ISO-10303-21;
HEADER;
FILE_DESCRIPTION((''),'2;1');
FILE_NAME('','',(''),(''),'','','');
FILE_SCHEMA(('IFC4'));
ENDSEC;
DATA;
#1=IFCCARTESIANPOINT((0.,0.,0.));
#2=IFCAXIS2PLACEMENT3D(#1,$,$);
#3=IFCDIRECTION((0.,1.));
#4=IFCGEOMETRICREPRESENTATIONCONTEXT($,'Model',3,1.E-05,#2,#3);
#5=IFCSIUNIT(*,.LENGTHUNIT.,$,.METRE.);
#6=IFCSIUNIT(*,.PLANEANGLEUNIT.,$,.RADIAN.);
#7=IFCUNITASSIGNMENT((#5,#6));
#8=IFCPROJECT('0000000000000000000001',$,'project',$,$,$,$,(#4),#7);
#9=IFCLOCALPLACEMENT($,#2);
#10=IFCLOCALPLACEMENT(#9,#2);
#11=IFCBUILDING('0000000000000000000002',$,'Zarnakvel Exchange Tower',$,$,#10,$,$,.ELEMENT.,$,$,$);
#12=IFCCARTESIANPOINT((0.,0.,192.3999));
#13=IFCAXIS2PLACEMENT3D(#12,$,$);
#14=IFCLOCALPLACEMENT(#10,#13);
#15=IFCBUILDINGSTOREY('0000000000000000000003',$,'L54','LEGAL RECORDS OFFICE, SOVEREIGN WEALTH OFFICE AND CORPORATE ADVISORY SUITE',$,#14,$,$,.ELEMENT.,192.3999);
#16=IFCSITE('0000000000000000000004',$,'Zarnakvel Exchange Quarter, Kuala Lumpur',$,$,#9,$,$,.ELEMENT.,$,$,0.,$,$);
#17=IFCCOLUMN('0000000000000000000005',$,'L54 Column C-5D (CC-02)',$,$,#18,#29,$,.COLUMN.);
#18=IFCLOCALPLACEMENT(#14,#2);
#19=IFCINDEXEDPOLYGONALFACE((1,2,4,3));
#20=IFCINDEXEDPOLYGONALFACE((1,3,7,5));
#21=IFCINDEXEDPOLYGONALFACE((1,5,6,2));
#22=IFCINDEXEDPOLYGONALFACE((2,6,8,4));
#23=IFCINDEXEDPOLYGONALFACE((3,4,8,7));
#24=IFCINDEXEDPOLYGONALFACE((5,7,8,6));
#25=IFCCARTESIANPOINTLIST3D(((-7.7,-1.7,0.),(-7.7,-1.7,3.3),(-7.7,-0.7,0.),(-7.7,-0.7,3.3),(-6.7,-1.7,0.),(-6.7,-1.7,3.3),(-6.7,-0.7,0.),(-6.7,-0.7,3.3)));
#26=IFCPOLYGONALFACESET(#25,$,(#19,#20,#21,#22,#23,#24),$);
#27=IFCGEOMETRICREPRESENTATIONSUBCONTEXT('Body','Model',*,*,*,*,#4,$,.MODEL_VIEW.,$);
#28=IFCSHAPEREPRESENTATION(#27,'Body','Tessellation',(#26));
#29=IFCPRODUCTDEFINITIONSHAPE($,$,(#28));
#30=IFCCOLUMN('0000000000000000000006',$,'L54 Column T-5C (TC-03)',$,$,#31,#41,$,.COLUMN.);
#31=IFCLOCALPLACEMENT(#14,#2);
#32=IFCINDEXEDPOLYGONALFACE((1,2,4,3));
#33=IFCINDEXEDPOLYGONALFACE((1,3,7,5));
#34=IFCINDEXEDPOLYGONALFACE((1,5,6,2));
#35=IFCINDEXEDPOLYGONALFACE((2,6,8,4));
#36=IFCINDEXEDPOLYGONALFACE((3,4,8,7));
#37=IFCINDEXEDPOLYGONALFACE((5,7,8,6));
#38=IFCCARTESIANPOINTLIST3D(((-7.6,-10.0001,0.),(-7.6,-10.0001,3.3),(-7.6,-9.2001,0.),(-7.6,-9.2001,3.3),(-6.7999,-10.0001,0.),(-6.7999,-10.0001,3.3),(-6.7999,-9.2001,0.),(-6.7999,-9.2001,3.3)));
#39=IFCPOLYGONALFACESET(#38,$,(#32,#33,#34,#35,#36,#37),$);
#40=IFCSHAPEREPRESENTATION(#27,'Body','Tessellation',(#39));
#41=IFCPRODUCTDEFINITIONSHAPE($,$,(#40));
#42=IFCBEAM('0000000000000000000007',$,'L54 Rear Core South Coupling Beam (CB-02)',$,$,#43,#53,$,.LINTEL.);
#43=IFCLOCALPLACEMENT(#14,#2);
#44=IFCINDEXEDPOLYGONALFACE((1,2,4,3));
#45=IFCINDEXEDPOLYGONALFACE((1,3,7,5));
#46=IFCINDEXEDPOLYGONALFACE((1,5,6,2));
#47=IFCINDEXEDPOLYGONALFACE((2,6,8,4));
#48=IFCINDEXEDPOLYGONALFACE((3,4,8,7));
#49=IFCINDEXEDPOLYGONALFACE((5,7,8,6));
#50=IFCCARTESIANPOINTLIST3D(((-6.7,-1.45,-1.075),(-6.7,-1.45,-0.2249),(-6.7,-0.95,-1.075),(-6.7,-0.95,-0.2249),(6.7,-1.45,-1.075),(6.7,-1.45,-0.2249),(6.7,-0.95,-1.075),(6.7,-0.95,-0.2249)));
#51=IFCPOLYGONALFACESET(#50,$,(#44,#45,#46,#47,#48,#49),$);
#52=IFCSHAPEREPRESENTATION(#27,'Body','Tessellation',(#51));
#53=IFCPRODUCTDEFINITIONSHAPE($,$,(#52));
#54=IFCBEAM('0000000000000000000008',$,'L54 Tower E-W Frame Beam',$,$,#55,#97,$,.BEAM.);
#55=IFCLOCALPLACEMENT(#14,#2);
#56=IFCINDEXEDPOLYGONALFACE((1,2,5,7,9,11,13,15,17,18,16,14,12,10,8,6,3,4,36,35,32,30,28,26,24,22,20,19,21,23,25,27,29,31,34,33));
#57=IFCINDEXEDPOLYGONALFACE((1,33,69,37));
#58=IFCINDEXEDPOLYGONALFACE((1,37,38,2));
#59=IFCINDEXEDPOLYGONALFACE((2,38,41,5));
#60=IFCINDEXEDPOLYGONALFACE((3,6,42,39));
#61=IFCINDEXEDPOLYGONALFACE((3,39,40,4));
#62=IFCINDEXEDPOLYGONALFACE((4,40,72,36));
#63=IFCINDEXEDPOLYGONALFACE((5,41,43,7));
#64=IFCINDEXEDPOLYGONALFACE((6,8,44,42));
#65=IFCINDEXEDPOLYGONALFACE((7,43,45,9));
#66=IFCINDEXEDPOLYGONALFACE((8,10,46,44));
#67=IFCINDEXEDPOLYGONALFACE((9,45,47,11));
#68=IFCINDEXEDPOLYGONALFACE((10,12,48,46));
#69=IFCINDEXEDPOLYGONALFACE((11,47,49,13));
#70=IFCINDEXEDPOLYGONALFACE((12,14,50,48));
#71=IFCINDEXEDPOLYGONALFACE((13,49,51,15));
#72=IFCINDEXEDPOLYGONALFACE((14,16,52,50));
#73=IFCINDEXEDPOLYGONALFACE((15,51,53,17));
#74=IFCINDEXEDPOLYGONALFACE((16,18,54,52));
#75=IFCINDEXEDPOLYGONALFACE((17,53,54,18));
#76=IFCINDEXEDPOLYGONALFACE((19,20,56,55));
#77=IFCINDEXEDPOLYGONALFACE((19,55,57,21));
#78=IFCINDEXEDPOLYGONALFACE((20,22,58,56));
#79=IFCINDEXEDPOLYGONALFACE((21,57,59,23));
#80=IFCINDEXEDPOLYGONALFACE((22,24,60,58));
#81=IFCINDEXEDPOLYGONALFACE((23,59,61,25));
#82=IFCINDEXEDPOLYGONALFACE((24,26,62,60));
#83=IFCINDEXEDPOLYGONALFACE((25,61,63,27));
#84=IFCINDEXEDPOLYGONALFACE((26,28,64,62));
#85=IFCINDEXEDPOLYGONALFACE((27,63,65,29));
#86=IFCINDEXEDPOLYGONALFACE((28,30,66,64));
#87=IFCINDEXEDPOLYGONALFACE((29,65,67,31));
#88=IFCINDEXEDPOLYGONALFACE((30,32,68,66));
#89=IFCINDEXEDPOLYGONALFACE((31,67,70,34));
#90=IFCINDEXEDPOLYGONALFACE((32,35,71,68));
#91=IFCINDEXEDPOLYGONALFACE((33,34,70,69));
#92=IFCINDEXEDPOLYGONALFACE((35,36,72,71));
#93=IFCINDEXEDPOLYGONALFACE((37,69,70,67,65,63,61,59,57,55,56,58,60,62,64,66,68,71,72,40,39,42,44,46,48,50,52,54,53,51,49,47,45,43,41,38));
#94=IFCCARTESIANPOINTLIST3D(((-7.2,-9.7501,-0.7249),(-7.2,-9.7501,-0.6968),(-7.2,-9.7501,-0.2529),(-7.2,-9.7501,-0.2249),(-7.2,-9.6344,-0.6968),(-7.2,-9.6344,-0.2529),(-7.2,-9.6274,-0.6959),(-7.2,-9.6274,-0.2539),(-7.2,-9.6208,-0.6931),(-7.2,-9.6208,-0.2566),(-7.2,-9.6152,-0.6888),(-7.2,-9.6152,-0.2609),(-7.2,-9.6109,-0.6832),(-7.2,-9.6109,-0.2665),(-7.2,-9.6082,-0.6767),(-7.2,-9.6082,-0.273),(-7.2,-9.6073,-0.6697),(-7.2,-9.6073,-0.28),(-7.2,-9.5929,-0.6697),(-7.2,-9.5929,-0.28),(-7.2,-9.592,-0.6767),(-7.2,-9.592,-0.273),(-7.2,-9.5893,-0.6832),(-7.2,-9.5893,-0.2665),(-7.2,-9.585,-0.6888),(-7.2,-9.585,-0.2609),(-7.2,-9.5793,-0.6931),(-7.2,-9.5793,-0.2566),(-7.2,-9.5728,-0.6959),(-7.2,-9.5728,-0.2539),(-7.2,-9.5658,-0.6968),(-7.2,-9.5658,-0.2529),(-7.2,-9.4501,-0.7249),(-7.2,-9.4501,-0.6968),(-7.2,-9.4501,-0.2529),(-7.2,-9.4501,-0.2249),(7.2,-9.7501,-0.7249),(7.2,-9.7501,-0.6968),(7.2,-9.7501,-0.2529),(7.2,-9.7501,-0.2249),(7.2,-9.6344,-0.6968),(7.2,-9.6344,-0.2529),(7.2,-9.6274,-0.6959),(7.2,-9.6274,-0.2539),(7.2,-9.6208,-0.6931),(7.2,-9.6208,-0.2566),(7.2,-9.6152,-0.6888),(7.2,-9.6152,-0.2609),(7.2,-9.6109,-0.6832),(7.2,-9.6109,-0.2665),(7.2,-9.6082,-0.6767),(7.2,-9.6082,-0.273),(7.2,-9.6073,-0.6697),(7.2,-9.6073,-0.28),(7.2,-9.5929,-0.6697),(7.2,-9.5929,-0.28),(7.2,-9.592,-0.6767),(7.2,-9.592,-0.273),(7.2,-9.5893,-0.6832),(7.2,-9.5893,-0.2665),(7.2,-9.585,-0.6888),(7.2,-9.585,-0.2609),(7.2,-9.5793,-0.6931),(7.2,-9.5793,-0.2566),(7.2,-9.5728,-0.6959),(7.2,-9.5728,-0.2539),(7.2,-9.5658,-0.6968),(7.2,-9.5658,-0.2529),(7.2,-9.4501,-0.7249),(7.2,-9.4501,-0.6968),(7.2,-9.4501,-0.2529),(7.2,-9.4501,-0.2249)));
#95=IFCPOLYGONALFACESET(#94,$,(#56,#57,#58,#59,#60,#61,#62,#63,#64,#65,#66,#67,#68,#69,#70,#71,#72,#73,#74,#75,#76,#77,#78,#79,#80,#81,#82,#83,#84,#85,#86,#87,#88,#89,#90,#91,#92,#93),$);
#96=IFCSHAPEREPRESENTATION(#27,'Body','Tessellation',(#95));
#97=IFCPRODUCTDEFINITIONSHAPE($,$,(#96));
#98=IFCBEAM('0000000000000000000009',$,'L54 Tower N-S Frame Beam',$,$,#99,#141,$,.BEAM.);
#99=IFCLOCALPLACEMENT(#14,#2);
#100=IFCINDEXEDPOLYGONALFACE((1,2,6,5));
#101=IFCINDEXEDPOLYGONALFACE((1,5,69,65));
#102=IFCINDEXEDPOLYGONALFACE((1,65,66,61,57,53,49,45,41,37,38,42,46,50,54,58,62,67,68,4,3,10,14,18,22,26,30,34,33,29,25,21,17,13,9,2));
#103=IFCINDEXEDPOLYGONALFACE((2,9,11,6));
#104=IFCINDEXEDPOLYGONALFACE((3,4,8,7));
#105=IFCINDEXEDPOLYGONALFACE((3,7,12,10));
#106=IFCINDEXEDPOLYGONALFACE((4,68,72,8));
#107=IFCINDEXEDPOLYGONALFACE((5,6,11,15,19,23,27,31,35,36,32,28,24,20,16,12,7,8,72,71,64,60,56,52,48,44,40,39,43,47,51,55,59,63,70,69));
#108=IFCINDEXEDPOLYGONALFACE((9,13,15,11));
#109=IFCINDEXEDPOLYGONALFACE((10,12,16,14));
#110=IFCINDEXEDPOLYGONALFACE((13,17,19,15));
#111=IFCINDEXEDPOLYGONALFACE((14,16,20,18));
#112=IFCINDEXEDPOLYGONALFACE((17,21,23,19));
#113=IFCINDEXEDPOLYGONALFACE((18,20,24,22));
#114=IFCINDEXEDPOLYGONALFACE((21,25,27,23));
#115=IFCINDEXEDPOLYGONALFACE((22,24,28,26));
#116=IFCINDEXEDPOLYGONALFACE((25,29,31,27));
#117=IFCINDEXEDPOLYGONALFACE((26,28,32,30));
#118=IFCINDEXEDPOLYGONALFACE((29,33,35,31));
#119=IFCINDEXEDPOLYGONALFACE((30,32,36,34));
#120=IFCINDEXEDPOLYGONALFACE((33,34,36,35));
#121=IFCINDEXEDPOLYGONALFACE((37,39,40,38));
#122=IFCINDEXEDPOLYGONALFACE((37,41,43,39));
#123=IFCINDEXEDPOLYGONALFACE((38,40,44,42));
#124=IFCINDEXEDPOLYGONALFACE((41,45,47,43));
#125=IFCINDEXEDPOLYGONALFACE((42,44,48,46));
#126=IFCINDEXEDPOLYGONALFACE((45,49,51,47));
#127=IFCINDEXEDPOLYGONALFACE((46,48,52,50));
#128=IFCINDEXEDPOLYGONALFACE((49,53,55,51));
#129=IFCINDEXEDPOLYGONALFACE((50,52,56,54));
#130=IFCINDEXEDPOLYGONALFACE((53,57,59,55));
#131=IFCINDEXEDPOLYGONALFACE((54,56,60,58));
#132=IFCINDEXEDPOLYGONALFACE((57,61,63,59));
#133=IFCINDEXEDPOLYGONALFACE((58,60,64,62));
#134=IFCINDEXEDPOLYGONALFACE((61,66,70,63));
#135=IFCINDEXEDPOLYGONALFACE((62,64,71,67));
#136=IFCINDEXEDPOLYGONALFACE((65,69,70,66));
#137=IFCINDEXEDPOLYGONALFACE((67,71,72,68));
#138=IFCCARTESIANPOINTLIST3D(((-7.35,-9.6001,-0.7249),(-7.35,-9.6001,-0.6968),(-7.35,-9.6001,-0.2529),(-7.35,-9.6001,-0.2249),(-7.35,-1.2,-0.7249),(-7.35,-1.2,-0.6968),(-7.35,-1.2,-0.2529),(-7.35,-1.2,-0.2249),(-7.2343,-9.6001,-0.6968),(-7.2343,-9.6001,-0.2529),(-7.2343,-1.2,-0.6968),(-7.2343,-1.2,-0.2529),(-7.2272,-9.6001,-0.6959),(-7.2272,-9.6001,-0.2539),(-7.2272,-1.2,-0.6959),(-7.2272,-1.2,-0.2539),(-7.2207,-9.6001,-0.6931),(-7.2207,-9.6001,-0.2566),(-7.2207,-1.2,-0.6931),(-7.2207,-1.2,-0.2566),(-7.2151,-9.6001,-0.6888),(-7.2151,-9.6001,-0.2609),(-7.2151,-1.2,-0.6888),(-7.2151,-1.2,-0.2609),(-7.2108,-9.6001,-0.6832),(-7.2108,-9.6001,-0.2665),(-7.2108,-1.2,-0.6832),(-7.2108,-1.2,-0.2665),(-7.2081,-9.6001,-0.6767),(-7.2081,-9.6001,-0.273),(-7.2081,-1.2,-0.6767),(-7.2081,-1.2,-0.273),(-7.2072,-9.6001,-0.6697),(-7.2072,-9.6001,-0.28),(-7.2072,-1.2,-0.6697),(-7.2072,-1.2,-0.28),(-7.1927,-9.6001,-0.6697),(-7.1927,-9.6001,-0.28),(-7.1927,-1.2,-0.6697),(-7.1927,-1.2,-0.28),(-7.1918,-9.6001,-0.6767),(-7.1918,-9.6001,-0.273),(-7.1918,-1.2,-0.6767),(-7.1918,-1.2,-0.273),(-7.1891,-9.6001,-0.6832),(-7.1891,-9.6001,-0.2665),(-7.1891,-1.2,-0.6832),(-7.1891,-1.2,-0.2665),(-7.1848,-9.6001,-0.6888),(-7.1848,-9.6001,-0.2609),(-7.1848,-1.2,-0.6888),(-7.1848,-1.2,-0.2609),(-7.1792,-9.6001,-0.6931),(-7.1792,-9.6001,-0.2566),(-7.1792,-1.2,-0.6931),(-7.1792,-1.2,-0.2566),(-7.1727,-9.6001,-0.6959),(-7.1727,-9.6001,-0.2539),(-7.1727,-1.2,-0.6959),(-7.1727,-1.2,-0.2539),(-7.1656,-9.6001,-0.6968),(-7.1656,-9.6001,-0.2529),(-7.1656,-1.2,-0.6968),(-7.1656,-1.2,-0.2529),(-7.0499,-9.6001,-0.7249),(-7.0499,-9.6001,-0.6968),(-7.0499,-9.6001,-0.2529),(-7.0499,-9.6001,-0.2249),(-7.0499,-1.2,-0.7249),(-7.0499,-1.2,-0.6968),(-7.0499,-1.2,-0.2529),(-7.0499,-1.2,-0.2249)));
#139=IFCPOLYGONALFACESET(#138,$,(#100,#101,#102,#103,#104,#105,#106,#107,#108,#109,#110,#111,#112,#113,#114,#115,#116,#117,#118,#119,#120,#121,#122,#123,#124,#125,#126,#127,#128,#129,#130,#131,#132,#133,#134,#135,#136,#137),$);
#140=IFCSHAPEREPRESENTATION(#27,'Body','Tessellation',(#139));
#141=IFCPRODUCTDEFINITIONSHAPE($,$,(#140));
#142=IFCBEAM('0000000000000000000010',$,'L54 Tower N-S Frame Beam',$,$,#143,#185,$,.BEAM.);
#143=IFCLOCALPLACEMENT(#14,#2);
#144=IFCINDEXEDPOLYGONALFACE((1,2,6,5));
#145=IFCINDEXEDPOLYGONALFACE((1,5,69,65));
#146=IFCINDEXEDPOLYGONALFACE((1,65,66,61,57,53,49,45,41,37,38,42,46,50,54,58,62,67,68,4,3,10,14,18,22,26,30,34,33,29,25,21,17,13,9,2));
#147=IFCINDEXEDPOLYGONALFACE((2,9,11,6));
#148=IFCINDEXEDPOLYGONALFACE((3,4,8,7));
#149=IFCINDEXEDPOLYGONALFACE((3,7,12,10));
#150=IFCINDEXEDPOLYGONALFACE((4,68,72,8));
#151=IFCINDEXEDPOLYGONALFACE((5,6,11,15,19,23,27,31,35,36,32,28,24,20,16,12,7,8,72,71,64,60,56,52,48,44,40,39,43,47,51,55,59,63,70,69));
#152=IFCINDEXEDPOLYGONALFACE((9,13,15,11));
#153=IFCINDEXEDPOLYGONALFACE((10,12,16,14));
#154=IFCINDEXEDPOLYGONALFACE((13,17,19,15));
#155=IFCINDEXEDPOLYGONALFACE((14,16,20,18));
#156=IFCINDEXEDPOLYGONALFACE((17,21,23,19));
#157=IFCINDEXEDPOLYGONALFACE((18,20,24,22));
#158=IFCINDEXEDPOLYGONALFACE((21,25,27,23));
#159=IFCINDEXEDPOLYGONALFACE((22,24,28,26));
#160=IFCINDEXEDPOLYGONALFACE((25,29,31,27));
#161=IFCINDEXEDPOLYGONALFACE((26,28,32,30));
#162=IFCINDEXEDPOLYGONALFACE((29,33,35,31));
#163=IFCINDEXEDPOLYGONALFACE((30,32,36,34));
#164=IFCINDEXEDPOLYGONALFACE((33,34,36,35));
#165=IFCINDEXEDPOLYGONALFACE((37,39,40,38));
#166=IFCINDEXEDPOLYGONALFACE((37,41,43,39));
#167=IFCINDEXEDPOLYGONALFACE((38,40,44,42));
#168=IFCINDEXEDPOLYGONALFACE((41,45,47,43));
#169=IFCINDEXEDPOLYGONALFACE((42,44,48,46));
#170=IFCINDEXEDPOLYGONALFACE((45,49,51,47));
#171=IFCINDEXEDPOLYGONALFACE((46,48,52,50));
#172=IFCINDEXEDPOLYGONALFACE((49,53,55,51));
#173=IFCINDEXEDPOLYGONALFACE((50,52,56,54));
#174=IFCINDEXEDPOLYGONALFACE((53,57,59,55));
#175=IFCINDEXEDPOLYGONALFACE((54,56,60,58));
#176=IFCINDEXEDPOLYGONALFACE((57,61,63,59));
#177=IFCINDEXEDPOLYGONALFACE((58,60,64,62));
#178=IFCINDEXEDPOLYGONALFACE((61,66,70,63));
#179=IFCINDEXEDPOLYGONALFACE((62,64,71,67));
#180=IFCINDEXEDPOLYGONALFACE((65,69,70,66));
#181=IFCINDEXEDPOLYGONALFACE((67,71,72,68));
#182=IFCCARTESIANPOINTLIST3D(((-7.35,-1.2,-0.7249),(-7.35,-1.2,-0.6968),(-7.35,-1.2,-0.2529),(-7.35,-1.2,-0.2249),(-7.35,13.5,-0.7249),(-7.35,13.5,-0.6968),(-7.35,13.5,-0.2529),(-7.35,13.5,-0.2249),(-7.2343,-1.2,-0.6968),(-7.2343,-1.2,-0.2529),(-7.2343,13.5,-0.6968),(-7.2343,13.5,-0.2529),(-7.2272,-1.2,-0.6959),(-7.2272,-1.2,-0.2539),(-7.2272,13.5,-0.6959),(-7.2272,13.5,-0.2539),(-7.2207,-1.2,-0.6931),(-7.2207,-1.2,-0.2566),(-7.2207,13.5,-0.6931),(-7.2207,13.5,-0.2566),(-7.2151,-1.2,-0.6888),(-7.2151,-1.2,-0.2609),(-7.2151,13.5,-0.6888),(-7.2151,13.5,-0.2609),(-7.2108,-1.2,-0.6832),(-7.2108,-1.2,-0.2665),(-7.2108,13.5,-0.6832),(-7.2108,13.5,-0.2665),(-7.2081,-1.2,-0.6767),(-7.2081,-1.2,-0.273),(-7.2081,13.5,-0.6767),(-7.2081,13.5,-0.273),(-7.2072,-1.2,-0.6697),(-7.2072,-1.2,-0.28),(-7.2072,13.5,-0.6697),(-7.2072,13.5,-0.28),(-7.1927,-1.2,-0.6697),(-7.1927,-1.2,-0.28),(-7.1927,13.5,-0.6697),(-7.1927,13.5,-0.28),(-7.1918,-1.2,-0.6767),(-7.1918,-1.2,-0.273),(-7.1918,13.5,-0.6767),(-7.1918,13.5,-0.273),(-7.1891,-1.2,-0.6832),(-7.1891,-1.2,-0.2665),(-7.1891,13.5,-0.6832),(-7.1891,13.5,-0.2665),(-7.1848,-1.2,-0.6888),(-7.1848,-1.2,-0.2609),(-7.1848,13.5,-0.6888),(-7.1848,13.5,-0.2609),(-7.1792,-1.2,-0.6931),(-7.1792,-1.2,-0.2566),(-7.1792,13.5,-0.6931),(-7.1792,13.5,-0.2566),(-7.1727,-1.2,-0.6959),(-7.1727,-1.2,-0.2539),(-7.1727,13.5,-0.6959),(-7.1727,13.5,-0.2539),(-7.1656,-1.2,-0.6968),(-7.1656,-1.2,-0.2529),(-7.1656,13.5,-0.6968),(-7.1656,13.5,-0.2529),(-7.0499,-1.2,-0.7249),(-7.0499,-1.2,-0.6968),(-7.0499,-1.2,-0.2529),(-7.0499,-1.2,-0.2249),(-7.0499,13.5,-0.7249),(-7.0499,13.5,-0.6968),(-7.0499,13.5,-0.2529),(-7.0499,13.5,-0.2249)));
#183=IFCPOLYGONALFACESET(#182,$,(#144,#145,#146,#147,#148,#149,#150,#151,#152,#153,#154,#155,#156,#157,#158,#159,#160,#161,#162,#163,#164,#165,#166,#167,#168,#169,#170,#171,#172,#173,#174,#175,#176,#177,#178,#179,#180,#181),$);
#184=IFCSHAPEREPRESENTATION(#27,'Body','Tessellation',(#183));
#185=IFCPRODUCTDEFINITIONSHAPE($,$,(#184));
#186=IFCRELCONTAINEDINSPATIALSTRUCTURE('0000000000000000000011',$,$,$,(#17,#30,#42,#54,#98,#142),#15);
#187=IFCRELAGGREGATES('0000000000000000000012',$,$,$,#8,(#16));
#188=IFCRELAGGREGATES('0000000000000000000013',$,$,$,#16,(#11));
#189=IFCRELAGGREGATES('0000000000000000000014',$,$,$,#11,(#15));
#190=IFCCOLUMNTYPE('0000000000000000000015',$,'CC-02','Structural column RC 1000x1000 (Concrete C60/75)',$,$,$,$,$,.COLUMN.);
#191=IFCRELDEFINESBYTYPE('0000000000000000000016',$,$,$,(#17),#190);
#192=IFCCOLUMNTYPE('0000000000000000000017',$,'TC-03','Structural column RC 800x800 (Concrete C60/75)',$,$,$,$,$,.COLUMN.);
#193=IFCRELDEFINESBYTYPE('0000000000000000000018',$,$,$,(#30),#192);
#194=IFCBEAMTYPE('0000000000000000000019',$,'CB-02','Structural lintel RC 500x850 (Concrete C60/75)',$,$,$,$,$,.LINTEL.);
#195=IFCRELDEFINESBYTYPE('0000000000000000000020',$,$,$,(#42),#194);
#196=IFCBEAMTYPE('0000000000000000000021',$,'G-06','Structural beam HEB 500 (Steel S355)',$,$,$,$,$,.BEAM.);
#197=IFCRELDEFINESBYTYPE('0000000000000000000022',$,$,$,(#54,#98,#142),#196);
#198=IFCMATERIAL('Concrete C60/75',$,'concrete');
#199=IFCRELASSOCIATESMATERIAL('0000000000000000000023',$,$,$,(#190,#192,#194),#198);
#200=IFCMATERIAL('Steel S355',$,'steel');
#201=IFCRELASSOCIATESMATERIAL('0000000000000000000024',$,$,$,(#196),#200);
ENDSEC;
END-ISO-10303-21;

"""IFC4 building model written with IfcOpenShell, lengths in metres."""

from ifc_helpers import new_model, si_unit, direction, frame, origin, origin_2d, place, context, subcontext, project, spatial, rectangle, i_section, extrude, material, material_profile, profile_set, type_object, element, save


model = new_model("IFC4")

# Units and contexts
model_context = context("Model", 3, precision=1e-05, world=origin(), true_north=direction((0.0, 1.0)))
body_context = subcontext(model_context, "Body", "Model", "MODEL_VIEW")
ifc_project = project(units=[si_unit("LENGTHUNIT", "METRE"), si_unit("PLANEANGLEUNIT", "RADIAN")], contexts=[model_context])

# Site, building, storey
site_placement = place(None, origin())
site = spatial("IfcSite", under=ifc_project, at=site_placement, Name="Zarnakvel Exchange Quarter, Kuala Lumpur", CompositionType="ELEMENT", RefElevation=0.0)
building_placement = place(site_placement, origin())
building = spatial("IfcBuilding", under=site, at=building_placement, Name="Zarnakvel Exchange Tower", CompositionType="ELEMENT")
storey_placement = place(building_placement, frame((0.0, 0.0, 192.3999)))
storey = spatial("IfcBuildingStorey", under=building, at=storey_placement, Name="L54", Description="LEGAL RECORDS OFFICE, SOVEREIGN WEALTH OFFICE AND CORPORATE ADVISORY SUITE", CompositionType="ELEMENT", Elevation=192.3999)

# Columns
ifc_material_1 = material(Name="Concrete C60/75", Category="concrete")
ifc_material_profile_1 = material_profile(ifc_material_1, rectangle(XDim=1.0, YDim=1.0, at=origin_2d()))
ifc_profile_set_1 = profile_set([ifc_material_profile_1], Name="Concrete C60/75")
column_type_1 = type_object("IfcColumnType", Name="CC-02", Description="Structural column RC 1000x1000 (Concrete C60/75)", PredefinedType="COLUMN", material=ifc_profile_set_1)
column_1_placement = place(storey_placement, frame((-7.2, -1.2, 0.0), z_axis=(0.0, 0.0, 1.0), x_axis=(1.0, 0.0, 0.0)))
element("IfcColumn", 1, at=column_1_placement, inside=storey, type_object=column_type_1, Name="L54 Column C-5D (CC-02)", PredefinedType="COLUMN", context=body_context, shape_type="SweptSolid", body=[
    extrude(rectangle(XDim=1.0, YDim=1.0, at=origin_2d()), origin(), (0.0, 0.0, 1.0), 3.3),
])
ifc_material_profile_2 = material_profile(ifc_material_1, rectangle(XDim=0.8, YDim=0.8, at=origin_2d()))
ifc_profile_set_2 = profile_set([ifc_material_profile_2], Name="Concrete C60/75")
column_type_2 = type_object("IfcColumnType", Name="TC-03", Description="Structural column RC 800x800 (Concrete C60/75)", PredefinedType="COLUMN", material=ifc_profile_set_2)
column_2_placement = place(storey_placement, frame((-7.2, -9.6001, 0.0), z_axis=(0.0, 0.0, 1.0), x_axis=(1.0, 0.0, 0.0)))
element("IfcColumn", 2, at=column_2_placement, inside=storey, type_object=column_type_2, Name="L54 Column T-5C (TC-03)", PredefinedType="COLUMN", context=body_context, shape_type="SweptSolid", body=[
    extrude(rectangle(XDim=0.8, YDim=0.8, at=origin_2d()), origin(), (0.0, 0.0, 1.0), 3.3),
])

# Beams
ifc_material_profile_3 = material_profile(ifc_material_1, rectangle(XDim=0.5, YDim=0.8501, at=origin_2d()))
ifc_profile_set_3 = profile_set([ifc_material_profile_3], Name="Concrete C60/75")
beam_type_1 = type_object("IfcBeamType", Name="CB-02", Description="Structural lintel RC 500x850 (Concrete C60/75)", PredefinedType="LINTEL", material=ifc_profile_set_3)
beam_1_placement = place(storey_placement, frame((-6.7, -1.2, -0.6499), z_axis=(1.0, 0.0, 0.0), x_axis=(0.0, 1.0, 0.0)))
element("IfcBeam", 3, at=beam_1_placement, inside=storey, type_object=beam_type_1, Name="L54 Rear Core South Coupling Beam (CB-02)", PredefinedType="LINTEL", context=body_context, shape_type="SweptSolid", body=[
    extrude(rectangle(XDim=0.5, YDim=0.8501, at=origin_2d()), origin(), (0.0, 0.0, 1.0), 13.3999),
])
ifc_material_2 = material(Name="Steel S355", Category="steel")
ifc_material_profile_4 = material_profile(ifc_material_2, i_section(OverallWidth=0.3, OverallDepth=0.5, WebThickness=0.0144, FlangeThickness=0.0281, FilletRadius=0.0271, at=origin_2d()))
ifc_profile_set_4 = profile_set([ifc_material_profile_4], Name="Steel S355")
beam_type_2 = type_object("IfcBeamType", Name="G-06", Description="Structural beam HEB 500 (Steel S355)", PredefinedType="BEAM", material=ifc_profile_set_4)
beam_2_placement = place(storey_placement, frame((-7.2, -9.6001, -0.4749), z_axis=(1.0, 0.0, 0.0), x_axis=(0.0, 1.0, 0.0)))
element("IfcBeam", 4, at=beam_2_placement, inside=storey, type_object=beam_type_2, Name="L54 Tower E-W Frame Beam", PredefinedType="BEAM", context=body_context, shape_type="SweptSolid", body=[
    extrude(i_section(OverallWidth=0.3, OverallDepth=0.5, WebThickness=0.0144, FlangeThickness=0.0281, FilletRadius=0.0271, at=origin_2d()), origin(), (0.0, 0.0, 1.0), 14.3999),
])
beam_3_placement = place(storey_placement, frame((-7.2, -9.6001, -0.4749), z_axis=(0.0, 1.0, 0.0), x_axis=(-1.0, 0.0, 0.0)))
element("IfcBeam", 5, at=beam_3_placement, inside=storey, type_object=beam_type_2, Name="L54 Tower N-S Frame Beam", PredefinedType="BEAM", context=body_context, shape_type="SweptSolid", body=[
    extrude(i_section(OverallWidth=0.3, OverallDepth=0.5, WebThickness=0.0144, FlangeThickness=0.0281, FilletRadius=0.0271, at=origin_2d()), origin(), (0.0, 0.0, 1.0), 8.4001),
])
beam_4_placement = place(storey_placement, frame((-7.2, -1.2, -0.4749), z_axis=(0.0, 1.0, 0.0), x_axis=(-1.0, 0.0, 0.0)))
element("IfcBeam", 6, at=beam_4_placement, inside=storey, type_object=beam_type_2, Name="L54 Tower N-S Frame Beam", PredefinedType="BEAM", context=body_context, shape_type="SweptSolid", body=[
    extrude(i_section(OverallWidth=0.3, OverallDepth=0.5, WebThickness=0.0144, FlangeThickness=0.0281, FilletRadius=0.0271, at=origin_2d()), origin(), (0.0, 0.0, 1.0), 14.7),
])

save(model, "model.ifc")
